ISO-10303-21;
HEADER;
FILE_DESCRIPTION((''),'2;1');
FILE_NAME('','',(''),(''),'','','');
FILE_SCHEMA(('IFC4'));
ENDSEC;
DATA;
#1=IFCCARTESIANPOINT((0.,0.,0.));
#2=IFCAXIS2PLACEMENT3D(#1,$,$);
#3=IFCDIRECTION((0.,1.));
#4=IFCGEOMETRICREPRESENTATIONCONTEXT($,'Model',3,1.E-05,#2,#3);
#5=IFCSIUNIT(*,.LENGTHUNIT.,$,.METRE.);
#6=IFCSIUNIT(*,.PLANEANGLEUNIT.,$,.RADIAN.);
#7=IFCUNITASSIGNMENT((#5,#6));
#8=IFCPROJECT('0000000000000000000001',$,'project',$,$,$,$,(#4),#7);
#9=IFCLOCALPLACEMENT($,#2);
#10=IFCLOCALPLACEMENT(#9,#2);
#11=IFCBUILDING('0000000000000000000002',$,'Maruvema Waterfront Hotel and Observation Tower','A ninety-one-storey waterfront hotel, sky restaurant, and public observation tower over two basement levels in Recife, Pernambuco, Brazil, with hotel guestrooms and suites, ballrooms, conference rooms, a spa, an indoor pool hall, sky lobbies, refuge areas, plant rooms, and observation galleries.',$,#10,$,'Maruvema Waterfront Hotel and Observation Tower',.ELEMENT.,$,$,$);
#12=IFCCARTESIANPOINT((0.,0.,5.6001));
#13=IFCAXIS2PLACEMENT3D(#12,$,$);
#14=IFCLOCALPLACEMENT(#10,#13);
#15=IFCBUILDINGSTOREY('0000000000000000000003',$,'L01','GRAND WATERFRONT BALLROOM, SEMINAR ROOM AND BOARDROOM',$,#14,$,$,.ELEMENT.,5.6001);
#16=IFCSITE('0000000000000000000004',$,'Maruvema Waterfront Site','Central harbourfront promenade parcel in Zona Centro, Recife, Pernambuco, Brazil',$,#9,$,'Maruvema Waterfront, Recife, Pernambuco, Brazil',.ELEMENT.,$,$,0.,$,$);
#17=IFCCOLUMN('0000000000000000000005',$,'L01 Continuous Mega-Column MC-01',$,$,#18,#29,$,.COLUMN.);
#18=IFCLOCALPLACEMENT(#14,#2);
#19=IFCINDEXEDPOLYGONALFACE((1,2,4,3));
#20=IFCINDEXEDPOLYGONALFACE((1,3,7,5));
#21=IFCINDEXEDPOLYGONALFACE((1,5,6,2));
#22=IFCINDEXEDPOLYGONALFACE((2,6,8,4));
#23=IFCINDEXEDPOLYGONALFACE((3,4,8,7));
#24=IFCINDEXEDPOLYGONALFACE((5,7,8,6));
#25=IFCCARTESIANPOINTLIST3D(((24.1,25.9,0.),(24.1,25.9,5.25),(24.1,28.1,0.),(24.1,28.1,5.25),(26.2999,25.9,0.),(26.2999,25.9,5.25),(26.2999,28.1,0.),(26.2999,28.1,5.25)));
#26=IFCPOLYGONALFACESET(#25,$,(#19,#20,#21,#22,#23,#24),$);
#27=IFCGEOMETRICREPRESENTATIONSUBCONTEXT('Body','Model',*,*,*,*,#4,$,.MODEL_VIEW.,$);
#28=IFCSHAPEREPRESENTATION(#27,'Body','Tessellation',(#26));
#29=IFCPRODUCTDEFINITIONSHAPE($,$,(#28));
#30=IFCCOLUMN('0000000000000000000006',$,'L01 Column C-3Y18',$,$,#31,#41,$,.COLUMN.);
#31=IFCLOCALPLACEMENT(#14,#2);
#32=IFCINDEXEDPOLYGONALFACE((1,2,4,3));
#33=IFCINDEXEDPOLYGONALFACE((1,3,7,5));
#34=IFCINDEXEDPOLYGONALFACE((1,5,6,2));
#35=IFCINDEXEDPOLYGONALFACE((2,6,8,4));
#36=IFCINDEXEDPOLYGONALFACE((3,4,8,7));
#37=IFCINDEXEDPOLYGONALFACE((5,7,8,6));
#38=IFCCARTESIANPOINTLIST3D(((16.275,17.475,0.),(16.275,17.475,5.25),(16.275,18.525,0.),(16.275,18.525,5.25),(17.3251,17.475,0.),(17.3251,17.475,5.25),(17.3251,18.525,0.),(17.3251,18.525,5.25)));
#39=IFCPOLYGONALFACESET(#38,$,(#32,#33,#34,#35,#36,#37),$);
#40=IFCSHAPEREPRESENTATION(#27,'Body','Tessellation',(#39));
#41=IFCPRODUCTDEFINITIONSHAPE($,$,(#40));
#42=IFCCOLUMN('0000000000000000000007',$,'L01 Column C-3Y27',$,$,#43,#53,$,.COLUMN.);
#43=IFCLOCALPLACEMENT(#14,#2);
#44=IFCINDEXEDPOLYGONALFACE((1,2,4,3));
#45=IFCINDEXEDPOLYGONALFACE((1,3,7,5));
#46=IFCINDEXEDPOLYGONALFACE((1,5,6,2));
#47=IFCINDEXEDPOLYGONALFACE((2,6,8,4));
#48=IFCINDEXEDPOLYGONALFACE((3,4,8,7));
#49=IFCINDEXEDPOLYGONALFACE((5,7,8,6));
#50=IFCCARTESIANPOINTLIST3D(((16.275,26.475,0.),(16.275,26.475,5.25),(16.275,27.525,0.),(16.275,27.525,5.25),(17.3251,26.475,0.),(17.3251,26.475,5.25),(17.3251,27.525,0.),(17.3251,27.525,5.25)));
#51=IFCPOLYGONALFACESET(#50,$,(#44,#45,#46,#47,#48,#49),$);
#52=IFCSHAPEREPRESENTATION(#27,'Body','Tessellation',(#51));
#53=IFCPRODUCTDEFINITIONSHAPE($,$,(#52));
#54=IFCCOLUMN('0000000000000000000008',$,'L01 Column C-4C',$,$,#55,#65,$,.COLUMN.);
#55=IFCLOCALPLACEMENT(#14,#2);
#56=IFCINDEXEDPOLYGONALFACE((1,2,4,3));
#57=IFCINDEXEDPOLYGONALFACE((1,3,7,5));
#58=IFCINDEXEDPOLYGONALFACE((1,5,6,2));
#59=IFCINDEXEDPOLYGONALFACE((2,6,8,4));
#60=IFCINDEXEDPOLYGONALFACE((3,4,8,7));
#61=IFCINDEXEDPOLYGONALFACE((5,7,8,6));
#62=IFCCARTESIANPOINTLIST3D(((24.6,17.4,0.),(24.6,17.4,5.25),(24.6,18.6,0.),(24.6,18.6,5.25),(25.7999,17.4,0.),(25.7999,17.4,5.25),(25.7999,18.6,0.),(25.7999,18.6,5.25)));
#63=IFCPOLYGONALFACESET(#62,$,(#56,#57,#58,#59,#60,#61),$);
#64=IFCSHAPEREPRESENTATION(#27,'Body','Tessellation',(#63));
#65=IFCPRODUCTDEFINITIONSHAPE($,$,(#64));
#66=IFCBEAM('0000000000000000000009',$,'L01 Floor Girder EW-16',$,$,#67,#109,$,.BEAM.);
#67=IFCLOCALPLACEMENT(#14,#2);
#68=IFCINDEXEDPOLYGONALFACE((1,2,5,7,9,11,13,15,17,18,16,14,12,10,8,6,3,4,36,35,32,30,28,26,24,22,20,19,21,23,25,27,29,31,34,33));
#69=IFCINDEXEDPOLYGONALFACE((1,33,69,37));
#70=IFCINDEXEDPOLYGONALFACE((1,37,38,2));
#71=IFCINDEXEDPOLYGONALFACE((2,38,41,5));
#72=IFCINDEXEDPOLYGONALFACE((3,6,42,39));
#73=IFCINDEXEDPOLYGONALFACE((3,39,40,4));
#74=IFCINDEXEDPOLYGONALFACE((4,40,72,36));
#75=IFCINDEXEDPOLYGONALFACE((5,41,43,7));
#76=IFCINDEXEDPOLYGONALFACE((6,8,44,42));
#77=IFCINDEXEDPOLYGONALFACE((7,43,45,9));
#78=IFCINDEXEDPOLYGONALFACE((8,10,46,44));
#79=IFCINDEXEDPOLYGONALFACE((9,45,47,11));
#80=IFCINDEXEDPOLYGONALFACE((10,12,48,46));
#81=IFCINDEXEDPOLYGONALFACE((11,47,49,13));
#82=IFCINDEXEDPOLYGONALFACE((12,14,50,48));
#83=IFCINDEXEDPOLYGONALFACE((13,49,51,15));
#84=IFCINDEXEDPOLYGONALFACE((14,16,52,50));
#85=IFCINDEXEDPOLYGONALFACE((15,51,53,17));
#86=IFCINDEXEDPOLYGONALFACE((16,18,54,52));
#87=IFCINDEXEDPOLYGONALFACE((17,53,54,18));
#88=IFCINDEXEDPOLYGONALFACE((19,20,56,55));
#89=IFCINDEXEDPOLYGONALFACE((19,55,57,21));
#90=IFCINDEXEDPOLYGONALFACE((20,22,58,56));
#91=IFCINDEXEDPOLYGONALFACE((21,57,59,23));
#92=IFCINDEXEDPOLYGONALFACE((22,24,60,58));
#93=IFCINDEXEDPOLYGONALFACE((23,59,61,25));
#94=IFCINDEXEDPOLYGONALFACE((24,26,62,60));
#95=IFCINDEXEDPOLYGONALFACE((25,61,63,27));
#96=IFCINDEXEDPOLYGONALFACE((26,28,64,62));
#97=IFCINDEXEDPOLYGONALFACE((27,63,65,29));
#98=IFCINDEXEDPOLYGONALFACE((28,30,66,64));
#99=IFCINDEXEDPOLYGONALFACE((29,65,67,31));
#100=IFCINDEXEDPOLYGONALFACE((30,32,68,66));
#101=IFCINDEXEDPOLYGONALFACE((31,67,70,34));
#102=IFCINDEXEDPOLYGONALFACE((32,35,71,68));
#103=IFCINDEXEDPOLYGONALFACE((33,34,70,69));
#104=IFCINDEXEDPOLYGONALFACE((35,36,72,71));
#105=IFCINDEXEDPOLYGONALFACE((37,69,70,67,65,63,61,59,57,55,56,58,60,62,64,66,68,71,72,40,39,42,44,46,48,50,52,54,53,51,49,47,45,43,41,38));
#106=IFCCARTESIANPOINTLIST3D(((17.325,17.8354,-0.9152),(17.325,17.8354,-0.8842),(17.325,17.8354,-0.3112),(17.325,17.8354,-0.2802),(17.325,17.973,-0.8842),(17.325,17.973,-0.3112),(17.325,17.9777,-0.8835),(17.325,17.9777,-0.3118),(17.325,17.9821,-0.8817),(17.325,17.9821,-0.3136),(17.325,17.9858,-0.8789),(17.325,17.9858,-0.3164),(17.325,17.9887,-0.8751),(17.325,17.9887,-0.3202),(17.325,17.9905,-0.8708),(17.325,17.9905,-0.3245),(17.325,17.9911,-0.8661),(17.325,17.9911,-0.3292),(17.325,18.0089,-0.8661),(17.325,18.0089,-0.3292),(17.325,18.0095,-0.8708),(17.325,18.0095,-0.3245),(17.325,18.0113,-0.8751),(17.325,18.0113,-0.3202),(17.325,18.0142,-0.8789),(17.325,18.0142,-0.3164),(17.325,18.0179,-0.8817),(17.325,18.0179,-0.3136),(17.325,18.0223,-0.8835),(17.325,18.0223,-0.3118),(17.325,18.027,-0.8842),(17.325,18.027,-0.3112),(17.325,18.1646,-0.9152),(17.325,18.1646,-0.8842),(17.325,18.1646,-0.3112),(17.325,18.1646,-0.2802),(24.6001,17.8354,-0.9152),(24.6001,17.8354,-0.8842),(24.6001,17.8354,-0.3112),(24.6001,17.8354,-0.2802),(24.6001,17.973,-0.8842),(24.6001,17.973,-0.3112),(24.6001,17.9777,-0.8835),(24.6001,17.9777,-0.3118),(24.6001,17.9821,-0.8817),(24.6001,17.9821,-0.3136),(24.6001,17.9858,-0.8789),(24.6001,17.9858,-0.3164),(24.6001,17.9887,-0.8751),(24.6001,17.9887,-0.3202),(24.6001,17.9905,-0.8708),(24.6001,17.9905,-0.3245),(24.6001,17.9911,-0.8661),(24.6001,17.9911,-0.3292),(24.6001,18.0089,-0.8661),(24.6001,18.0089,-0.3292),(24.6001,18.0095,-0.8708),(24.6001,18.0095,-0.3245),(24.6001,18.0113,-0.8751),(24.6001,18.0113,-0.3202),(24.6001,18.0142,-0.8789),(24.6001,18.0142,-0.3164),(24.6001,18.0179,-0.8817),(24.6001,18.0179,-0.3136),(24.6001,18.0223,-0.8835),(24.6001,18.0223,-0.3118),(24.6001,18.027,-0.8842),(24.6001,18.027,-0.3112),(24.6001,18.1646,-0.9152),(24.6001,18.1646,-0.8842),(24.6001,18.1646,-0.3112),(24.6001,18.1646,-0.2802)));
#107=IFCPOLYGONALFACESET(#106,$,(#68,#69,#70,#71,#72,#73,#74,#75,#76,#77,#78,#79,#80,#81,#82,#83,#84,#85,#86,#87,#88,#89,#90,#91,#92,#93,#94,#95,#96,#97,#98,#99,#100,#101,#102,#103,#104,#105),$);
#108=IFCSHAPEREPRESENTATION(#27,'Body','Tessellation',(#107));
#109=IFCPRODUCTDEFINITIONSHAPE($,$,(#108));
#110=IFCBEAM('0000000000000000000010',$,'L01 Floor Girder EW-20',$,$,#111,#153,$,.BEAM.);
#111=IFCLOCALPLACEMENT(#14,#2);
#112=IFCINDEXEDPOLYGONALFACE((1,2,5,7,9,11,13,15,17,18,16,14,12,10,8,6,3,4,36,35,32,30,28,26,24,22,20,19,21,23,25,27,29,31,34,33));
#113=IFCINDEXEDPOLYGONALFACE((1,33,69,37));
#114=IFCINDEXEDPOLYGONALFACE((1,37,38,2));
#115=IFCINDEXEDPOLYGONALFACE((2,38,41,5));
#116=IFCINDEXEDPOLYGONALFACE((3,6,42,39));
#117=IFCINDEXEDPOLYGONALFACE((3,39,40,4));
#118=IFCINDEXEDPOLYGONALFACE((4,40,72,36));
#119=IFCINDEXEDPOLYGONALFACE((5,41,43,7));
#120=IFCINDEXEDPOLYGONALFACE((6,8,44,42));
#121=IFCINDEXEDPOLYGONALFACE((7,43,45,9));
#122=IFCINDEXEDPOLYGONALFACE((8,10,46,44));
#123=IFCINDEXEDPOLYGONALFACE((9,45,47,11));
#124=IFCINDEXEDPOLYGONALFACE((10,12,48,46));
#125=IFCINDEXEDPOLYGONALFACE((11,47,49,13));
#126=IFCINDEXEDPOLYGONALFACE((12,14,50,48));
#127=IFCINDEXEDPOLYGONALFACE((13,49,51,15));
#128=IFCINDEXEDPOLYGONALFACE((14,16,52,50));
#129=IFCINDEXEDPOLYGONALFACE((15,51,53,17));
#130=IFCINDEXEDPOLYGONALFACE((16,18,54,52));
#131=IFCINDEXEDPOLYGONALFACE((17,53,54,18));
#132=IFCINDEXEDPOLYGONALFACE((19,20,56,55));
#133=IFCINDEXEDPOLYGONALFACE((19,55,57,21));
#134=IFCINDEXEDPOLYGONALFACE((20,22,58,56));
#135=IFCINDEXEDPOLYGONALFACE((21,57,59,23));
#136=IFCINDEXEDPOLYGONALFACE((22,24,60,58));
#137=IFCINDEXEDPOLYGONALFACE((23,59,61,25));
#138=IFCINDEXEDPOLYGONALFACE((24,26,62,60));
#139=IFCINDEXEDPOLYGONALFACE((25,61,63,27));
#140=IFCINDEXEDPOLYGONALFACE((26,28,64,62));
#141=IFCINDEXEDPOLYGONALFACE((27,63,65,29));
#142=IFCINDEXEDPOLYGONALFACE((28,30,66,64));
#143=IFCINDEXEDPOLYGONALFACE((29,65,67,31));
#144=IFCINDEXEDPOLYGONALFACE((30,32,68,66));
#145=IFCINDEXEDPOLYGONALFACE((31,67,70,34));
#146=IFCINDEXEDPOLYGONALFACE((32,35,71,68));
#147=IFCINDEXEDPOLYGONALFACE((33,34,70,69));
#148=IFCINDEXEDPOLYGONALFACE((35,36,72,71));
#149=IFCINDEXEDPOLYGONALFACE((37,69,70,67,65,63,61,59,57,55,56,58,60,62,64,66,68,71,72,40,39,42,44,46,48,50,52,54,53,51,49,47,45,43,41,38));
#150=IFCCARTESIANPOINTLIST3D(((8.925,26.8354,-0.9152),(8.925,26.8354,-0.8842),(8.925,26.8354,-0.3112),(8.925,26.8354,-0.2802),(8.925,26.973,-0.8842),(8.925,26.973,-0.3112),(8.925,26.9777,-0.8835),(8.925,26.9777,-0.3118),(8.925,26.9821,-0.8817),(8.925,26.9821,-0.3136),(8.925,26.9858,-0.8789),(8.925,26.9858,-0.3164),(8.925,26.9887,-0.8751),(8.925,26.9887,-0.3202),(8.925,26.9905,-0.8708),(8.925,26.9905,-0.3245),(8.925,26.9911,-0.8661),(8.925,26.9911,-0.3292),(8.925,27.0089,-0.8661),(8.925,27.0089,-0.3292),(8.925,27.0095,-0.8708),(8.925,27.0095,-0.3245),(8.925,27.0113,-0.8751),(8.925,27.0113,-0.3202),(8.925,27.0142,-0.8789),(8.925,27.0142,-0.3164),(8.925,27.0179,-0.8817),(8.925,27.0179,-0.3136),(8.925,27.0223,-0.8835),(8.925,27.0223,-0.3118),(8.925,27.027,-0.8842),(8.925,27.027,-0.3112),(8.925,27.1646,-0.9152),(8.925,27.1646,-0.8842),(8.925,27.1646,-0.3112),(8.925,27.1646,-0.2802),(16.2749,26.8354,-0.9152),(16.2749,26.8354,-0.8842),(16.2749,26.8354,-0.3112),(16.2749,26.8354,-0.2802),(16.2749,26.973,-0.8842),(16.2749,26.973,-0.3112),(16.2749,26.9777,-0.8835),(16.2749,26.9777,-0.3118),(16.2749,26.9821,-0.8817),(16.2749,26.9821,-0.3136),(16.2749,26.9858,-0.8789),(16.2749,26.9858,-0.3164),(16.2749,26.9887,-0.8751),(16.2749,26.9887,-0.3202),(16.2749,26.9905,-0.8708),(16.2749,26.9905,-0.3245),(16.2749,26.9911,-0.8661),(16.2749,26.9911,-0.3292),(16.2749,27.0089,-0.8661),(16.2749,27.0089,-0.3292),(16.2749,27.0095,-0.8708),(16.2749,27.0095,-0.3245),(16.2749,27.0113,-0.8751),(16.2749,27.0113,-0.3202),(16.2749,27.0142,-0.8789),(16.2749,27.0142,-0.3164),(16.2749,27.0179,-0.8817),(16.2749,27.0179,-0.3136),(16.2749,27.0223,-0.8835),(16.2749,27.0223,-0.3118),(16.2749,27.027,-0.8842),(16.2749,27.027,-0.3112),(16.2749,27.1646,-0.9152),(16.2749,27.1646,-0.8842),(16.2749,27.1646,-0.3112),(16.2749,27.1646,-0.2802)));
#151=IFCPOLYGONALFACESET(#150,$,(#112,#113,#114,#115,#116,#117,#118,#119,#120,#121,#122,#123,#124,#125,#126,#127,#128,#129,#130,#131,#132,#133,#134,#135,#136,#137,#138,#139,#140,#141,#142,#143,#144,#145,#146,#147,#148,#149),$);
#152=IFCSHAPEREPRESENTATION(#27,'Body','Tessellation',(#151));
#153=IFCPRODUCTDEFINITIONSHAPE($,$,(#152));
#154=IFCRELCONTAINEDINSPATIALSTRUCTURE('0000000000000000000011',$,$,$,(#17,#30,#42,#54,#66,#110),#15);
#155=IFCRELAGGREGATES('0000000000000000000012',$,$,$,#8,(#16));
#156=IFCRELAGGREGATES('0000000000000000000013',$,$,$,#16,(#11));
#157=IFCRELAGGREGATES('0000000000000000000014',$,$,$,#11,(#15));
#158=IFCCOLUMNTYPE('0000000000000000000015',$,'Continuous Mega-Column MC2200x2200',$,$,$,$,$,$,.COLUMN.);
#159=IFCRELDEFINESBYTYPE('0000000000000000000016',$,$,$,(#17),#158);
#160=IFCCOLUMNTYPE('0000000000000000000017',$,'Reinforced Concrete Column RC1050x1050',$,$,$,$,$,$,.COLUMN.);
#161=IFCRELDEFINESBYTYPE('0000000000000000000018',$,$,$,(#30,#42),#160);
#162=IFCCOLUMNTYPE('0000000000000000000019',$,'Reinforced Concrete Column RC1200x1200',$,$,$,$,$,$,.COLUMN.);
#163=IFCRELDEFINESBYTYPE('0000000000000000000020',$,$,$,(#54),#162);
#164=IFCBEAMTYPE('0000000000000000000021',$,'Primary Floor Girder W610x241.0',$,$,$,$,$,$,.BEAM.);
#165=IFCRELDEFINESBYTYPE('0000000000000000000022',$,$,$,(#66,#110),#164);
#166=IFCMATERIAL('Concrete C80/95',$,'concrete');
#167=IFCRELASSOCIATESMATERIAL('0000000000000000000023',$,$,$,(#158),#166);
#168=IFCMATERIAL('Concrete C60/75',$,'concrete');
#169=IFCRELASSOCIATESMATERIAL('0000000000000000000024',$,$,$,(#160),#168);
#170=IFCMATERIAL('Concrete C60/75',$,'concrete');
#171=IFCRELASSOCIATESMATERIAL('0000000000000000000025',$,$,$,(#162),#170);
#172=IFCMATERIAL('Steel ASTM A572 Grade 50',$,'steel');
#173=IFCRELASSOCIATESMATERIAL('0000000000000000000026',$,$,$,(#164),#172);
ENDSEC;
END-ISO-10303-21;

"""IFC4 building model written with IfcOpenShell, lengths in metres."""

from ifc_helpers import new_model, si_unit, direction, frame, origin, origin_2d, place, context, subcontext, project, spatial, rectangle, i_section, extrude, material, material_profile, profile_set, type_object, element, save


model = new_model("IFC4")

# Units and contexts
model_context = context("Model", 3, precision=1e-05, world=origin(), true_north=direction((0.0, 1.0)))
body_context = subcontext(model_context, "Body", "Model", "MODEL_VIEW")
ifc_project = project(units=[si_unit("LENGTHUNIT", "METRE"), si_unit("PLANEANGLEUNIT", "RADIAN")], contexts=[model_context])

# Site, building, storey
site_placement = place(None, origin())
site = spatial("IfcSite", under=ifc_project, at=site_placement, Name="Maruvema Waterfront Site", Description="Central harbourfront promenade parcel in Zona Centro, Recife, Pernambuco, Brazil", LongName="Maruvema Waterfront, Recife, Pernambuco, Brazil", CompositionType="ELEMENT", RefElevation=0.0)
building_placement = place(site_placement, origin())
building = spatial("IfcBuilding", under=site, at=building_placement, Name="Maruvema Waterfront Hotel and Observation Tower", Description="A ninety-one-storey waterfront hotel, sky restaurant, and public observation tower over two basement levels in Recife, Pernambuco, Brazil, with hotel guestrooms and suites, ballrooms, conference rooms, a spa, an indoor pool hall, sky lobbies, refuge areas, plant rooms, and observation galleries.", LongName="Maruvema Waterfront Hotel and Observation Tower", CompositionType="ELEMENT")
storey_placement = place(building_placement, frame((0.0, 0.0, 5.6001)))
storey = spatial("IfcBuildingStorey", under=building, at=storey_placement, Name="L01", Description="GRAND WATERFRONT BALLROOM, SEMINAR ROOM AND BOARDROOM", CompositionType="ELEMENT", Elevation=5.6001)

# Columns
ifc_material_1 = material(Name="Concrete C80/95", Category="concrete")
ifc_material_profile_1 = material_profile(ifc_material_1, rectangle(XDim=2.2, YDim=2.2, at=origin_2d()), Name="MC2200x2200")
ifc_profile_set_1 = profile_set([ifc_material_profile_1], Name="Concrete C80/95")
column_type_1 = type_object("IfcColumnType", Name="Continuous Mega-Column MC2200x2200", PredefinedType="COLUMN", material=ifc_profile_set_1)
column_1_placement = place(storey_placement, frame((25.2, 27.0, 0.0), z_axis=(0.0, 0.0, 1.0), x_axis=(1.0, 0.0, 0.0)))
element("IfcColumn", 1, at=column_1_placement, inside=storey, type_object=column_type_1, Name="L01 Continuous Mega-Column MC-01", PredefinedType="COLUMN", context=body_context, shape_type="SweptSolid", body=[
    extrude(rectangle(XDim=2.2, YDim=2.2, at=origin_2d()), origin(), (0.0, 0.0, 1.0), 5.25),
])
ifc_material_2 = material(Name="Concrete C60/75", Category="concrete")
ifc_material_profile_2 = material_profile(ifc_material_2, rectangle(XDim=1.05, YDim=1.05, at=origin_2d()), Name="RC1050x1050")
ifc_profile_set_2 = profile_set([ifc_material_profile_2], Name="Concrete C60/75")
column_type_2 = type_object("IfcColumnType", Name="Reinforced Concrete Column RC1050x1050", PredefinedType="COLUMN", material=ifc_profile_set_2)
for number, where, z_axis, x_axis, name in (
    (2, (16.8, 18.0, 0.0), (0.0, 0.0, 1.0), (1.0, 0.0, 0.0), "L01 Column C-3Y18"),
    (3, (16.8, 27.0, 0.0), (0.0, 0.0, 1.0), (1.0, 0.0, 0.0), "L01 Column C-3Y27"),
):
    element("IfcColumn", number, at=place(storey_placement, frame(where, z_axis=z_axis, x_axis=x_axis)), inside=storey, type_object=column_type_2, Name=name, PredefinedType="COLUMN", context=body_context, shape_type="SweptSolid", body=[
        extrude(rectangle(XDim=1.05, YDim=1.05, at=origin_2d()), origin(), (0.0, 0.0, 1.0), 5.25),
    ])
ifc_material_3 = material(Name="Concrete C60/75", Category="concrete")
ifc_material_profile_3 = material_profile(ifc_material_3, rectangle(XDim=1.2, YDim=1.2, at=origin_2d()), Name="RC1200x1200")
ifc_profile_set_3 = profile_set([ifc_material_profile_3], Name="Concrete C60/75")
column_type_3 = type_object("IfcColumnType", Name="Reinforced Concrete Column RC1200x1200", PredefinedType="COLUMN", material=ifc_profile_set_3)
column_2_placement = place(storey_placement, frame((25.2, 18.0, 0.0), z_axis=(0.0, 0.0, 1.0), x_axis=(1.0, 0.0, 0.0)))
element("IfcColumn", 4, at=column_2_placement, inside=storey, type_object=column_type_3, Name="L01 Column C-4C", PredefinedType="COLUMN", context=body_context, shape_type="SweptSolid", body=[
    extrude(rectangle(XDim=1.2, YDim=1.2, at=origin_2d()), origin(), (0.0, 0.0, 1.0), 5.25),
])

# Beams
ifc_material_4 = material(Name="Steel ASTM A572 Grade 50", Category="steel")
ifc_material_profile_4 = material_profile(ifc_material_4, i_section(OverallWidth=0.3291, OverallDepth=0.635, WebThickness=0.0178, FlangeThickness=0.031, FilletRadius=0.0181, at=origin_2d()), Name="W610x241.0")
ifc_profile_set_4 = profile_set([ifc_material_profile_4], Name="Steel ASTM A572 Grade 50")
beam_type_1 = type_object("IfcBeamType", Name="Primary Floor Girder W610x241.0", PredefinedType="BEAM", material=ifc_profile_set_4)
beam_1_placement = place(storey_placement, frame((17.325, 18.0, -0.5977), z_axis=(1.0, 0.0, 0.0), x_axis=(0.0, 1.0, 0.0)))
element("IfcBeam", 5, at=beam_1_placement, inside=storey, type_object=beam_type_1, Name="L01 Floor Girder EW-16", PredefinedType="BEAM", context=body_context, shape_type="SweptSolid", body=[
    extrude(i_section(OverallWidth=0.3291, OverallDepth=0.635, WebThickness=0.0178, FlangeThickness=0.031, FilletRadius=0.0181, at=origin_2d()), origin(), (0.0, 0.0, 1.0), 7.2751),
])
beam_2_placement = place(storey_placement, frame((8.925, 27.0, -0.5977), z_axis=(1.0, 0.0, 0.0), x_axis=(0.0, 1.0, 0.0)))
element("IfcBeam", 6, at=beam_2_placement, inside=storey, type_object=beam_type_1, Name="L01 Floor Girder EW-20", PredefinedType="BEAM", context=body_context, shape_type="SweptSolid", body=[
    extrude(i_section(OverallWidth=0.3291, OverallDepth=0.635, WebThickness=0.0178, FlangeThickness=0.031, FilletRadius=0.0181, at=origin_2d()), origin(), (0.0, 0.0, 1.0), 7.3499),
])

save(model, "model.ifc")
